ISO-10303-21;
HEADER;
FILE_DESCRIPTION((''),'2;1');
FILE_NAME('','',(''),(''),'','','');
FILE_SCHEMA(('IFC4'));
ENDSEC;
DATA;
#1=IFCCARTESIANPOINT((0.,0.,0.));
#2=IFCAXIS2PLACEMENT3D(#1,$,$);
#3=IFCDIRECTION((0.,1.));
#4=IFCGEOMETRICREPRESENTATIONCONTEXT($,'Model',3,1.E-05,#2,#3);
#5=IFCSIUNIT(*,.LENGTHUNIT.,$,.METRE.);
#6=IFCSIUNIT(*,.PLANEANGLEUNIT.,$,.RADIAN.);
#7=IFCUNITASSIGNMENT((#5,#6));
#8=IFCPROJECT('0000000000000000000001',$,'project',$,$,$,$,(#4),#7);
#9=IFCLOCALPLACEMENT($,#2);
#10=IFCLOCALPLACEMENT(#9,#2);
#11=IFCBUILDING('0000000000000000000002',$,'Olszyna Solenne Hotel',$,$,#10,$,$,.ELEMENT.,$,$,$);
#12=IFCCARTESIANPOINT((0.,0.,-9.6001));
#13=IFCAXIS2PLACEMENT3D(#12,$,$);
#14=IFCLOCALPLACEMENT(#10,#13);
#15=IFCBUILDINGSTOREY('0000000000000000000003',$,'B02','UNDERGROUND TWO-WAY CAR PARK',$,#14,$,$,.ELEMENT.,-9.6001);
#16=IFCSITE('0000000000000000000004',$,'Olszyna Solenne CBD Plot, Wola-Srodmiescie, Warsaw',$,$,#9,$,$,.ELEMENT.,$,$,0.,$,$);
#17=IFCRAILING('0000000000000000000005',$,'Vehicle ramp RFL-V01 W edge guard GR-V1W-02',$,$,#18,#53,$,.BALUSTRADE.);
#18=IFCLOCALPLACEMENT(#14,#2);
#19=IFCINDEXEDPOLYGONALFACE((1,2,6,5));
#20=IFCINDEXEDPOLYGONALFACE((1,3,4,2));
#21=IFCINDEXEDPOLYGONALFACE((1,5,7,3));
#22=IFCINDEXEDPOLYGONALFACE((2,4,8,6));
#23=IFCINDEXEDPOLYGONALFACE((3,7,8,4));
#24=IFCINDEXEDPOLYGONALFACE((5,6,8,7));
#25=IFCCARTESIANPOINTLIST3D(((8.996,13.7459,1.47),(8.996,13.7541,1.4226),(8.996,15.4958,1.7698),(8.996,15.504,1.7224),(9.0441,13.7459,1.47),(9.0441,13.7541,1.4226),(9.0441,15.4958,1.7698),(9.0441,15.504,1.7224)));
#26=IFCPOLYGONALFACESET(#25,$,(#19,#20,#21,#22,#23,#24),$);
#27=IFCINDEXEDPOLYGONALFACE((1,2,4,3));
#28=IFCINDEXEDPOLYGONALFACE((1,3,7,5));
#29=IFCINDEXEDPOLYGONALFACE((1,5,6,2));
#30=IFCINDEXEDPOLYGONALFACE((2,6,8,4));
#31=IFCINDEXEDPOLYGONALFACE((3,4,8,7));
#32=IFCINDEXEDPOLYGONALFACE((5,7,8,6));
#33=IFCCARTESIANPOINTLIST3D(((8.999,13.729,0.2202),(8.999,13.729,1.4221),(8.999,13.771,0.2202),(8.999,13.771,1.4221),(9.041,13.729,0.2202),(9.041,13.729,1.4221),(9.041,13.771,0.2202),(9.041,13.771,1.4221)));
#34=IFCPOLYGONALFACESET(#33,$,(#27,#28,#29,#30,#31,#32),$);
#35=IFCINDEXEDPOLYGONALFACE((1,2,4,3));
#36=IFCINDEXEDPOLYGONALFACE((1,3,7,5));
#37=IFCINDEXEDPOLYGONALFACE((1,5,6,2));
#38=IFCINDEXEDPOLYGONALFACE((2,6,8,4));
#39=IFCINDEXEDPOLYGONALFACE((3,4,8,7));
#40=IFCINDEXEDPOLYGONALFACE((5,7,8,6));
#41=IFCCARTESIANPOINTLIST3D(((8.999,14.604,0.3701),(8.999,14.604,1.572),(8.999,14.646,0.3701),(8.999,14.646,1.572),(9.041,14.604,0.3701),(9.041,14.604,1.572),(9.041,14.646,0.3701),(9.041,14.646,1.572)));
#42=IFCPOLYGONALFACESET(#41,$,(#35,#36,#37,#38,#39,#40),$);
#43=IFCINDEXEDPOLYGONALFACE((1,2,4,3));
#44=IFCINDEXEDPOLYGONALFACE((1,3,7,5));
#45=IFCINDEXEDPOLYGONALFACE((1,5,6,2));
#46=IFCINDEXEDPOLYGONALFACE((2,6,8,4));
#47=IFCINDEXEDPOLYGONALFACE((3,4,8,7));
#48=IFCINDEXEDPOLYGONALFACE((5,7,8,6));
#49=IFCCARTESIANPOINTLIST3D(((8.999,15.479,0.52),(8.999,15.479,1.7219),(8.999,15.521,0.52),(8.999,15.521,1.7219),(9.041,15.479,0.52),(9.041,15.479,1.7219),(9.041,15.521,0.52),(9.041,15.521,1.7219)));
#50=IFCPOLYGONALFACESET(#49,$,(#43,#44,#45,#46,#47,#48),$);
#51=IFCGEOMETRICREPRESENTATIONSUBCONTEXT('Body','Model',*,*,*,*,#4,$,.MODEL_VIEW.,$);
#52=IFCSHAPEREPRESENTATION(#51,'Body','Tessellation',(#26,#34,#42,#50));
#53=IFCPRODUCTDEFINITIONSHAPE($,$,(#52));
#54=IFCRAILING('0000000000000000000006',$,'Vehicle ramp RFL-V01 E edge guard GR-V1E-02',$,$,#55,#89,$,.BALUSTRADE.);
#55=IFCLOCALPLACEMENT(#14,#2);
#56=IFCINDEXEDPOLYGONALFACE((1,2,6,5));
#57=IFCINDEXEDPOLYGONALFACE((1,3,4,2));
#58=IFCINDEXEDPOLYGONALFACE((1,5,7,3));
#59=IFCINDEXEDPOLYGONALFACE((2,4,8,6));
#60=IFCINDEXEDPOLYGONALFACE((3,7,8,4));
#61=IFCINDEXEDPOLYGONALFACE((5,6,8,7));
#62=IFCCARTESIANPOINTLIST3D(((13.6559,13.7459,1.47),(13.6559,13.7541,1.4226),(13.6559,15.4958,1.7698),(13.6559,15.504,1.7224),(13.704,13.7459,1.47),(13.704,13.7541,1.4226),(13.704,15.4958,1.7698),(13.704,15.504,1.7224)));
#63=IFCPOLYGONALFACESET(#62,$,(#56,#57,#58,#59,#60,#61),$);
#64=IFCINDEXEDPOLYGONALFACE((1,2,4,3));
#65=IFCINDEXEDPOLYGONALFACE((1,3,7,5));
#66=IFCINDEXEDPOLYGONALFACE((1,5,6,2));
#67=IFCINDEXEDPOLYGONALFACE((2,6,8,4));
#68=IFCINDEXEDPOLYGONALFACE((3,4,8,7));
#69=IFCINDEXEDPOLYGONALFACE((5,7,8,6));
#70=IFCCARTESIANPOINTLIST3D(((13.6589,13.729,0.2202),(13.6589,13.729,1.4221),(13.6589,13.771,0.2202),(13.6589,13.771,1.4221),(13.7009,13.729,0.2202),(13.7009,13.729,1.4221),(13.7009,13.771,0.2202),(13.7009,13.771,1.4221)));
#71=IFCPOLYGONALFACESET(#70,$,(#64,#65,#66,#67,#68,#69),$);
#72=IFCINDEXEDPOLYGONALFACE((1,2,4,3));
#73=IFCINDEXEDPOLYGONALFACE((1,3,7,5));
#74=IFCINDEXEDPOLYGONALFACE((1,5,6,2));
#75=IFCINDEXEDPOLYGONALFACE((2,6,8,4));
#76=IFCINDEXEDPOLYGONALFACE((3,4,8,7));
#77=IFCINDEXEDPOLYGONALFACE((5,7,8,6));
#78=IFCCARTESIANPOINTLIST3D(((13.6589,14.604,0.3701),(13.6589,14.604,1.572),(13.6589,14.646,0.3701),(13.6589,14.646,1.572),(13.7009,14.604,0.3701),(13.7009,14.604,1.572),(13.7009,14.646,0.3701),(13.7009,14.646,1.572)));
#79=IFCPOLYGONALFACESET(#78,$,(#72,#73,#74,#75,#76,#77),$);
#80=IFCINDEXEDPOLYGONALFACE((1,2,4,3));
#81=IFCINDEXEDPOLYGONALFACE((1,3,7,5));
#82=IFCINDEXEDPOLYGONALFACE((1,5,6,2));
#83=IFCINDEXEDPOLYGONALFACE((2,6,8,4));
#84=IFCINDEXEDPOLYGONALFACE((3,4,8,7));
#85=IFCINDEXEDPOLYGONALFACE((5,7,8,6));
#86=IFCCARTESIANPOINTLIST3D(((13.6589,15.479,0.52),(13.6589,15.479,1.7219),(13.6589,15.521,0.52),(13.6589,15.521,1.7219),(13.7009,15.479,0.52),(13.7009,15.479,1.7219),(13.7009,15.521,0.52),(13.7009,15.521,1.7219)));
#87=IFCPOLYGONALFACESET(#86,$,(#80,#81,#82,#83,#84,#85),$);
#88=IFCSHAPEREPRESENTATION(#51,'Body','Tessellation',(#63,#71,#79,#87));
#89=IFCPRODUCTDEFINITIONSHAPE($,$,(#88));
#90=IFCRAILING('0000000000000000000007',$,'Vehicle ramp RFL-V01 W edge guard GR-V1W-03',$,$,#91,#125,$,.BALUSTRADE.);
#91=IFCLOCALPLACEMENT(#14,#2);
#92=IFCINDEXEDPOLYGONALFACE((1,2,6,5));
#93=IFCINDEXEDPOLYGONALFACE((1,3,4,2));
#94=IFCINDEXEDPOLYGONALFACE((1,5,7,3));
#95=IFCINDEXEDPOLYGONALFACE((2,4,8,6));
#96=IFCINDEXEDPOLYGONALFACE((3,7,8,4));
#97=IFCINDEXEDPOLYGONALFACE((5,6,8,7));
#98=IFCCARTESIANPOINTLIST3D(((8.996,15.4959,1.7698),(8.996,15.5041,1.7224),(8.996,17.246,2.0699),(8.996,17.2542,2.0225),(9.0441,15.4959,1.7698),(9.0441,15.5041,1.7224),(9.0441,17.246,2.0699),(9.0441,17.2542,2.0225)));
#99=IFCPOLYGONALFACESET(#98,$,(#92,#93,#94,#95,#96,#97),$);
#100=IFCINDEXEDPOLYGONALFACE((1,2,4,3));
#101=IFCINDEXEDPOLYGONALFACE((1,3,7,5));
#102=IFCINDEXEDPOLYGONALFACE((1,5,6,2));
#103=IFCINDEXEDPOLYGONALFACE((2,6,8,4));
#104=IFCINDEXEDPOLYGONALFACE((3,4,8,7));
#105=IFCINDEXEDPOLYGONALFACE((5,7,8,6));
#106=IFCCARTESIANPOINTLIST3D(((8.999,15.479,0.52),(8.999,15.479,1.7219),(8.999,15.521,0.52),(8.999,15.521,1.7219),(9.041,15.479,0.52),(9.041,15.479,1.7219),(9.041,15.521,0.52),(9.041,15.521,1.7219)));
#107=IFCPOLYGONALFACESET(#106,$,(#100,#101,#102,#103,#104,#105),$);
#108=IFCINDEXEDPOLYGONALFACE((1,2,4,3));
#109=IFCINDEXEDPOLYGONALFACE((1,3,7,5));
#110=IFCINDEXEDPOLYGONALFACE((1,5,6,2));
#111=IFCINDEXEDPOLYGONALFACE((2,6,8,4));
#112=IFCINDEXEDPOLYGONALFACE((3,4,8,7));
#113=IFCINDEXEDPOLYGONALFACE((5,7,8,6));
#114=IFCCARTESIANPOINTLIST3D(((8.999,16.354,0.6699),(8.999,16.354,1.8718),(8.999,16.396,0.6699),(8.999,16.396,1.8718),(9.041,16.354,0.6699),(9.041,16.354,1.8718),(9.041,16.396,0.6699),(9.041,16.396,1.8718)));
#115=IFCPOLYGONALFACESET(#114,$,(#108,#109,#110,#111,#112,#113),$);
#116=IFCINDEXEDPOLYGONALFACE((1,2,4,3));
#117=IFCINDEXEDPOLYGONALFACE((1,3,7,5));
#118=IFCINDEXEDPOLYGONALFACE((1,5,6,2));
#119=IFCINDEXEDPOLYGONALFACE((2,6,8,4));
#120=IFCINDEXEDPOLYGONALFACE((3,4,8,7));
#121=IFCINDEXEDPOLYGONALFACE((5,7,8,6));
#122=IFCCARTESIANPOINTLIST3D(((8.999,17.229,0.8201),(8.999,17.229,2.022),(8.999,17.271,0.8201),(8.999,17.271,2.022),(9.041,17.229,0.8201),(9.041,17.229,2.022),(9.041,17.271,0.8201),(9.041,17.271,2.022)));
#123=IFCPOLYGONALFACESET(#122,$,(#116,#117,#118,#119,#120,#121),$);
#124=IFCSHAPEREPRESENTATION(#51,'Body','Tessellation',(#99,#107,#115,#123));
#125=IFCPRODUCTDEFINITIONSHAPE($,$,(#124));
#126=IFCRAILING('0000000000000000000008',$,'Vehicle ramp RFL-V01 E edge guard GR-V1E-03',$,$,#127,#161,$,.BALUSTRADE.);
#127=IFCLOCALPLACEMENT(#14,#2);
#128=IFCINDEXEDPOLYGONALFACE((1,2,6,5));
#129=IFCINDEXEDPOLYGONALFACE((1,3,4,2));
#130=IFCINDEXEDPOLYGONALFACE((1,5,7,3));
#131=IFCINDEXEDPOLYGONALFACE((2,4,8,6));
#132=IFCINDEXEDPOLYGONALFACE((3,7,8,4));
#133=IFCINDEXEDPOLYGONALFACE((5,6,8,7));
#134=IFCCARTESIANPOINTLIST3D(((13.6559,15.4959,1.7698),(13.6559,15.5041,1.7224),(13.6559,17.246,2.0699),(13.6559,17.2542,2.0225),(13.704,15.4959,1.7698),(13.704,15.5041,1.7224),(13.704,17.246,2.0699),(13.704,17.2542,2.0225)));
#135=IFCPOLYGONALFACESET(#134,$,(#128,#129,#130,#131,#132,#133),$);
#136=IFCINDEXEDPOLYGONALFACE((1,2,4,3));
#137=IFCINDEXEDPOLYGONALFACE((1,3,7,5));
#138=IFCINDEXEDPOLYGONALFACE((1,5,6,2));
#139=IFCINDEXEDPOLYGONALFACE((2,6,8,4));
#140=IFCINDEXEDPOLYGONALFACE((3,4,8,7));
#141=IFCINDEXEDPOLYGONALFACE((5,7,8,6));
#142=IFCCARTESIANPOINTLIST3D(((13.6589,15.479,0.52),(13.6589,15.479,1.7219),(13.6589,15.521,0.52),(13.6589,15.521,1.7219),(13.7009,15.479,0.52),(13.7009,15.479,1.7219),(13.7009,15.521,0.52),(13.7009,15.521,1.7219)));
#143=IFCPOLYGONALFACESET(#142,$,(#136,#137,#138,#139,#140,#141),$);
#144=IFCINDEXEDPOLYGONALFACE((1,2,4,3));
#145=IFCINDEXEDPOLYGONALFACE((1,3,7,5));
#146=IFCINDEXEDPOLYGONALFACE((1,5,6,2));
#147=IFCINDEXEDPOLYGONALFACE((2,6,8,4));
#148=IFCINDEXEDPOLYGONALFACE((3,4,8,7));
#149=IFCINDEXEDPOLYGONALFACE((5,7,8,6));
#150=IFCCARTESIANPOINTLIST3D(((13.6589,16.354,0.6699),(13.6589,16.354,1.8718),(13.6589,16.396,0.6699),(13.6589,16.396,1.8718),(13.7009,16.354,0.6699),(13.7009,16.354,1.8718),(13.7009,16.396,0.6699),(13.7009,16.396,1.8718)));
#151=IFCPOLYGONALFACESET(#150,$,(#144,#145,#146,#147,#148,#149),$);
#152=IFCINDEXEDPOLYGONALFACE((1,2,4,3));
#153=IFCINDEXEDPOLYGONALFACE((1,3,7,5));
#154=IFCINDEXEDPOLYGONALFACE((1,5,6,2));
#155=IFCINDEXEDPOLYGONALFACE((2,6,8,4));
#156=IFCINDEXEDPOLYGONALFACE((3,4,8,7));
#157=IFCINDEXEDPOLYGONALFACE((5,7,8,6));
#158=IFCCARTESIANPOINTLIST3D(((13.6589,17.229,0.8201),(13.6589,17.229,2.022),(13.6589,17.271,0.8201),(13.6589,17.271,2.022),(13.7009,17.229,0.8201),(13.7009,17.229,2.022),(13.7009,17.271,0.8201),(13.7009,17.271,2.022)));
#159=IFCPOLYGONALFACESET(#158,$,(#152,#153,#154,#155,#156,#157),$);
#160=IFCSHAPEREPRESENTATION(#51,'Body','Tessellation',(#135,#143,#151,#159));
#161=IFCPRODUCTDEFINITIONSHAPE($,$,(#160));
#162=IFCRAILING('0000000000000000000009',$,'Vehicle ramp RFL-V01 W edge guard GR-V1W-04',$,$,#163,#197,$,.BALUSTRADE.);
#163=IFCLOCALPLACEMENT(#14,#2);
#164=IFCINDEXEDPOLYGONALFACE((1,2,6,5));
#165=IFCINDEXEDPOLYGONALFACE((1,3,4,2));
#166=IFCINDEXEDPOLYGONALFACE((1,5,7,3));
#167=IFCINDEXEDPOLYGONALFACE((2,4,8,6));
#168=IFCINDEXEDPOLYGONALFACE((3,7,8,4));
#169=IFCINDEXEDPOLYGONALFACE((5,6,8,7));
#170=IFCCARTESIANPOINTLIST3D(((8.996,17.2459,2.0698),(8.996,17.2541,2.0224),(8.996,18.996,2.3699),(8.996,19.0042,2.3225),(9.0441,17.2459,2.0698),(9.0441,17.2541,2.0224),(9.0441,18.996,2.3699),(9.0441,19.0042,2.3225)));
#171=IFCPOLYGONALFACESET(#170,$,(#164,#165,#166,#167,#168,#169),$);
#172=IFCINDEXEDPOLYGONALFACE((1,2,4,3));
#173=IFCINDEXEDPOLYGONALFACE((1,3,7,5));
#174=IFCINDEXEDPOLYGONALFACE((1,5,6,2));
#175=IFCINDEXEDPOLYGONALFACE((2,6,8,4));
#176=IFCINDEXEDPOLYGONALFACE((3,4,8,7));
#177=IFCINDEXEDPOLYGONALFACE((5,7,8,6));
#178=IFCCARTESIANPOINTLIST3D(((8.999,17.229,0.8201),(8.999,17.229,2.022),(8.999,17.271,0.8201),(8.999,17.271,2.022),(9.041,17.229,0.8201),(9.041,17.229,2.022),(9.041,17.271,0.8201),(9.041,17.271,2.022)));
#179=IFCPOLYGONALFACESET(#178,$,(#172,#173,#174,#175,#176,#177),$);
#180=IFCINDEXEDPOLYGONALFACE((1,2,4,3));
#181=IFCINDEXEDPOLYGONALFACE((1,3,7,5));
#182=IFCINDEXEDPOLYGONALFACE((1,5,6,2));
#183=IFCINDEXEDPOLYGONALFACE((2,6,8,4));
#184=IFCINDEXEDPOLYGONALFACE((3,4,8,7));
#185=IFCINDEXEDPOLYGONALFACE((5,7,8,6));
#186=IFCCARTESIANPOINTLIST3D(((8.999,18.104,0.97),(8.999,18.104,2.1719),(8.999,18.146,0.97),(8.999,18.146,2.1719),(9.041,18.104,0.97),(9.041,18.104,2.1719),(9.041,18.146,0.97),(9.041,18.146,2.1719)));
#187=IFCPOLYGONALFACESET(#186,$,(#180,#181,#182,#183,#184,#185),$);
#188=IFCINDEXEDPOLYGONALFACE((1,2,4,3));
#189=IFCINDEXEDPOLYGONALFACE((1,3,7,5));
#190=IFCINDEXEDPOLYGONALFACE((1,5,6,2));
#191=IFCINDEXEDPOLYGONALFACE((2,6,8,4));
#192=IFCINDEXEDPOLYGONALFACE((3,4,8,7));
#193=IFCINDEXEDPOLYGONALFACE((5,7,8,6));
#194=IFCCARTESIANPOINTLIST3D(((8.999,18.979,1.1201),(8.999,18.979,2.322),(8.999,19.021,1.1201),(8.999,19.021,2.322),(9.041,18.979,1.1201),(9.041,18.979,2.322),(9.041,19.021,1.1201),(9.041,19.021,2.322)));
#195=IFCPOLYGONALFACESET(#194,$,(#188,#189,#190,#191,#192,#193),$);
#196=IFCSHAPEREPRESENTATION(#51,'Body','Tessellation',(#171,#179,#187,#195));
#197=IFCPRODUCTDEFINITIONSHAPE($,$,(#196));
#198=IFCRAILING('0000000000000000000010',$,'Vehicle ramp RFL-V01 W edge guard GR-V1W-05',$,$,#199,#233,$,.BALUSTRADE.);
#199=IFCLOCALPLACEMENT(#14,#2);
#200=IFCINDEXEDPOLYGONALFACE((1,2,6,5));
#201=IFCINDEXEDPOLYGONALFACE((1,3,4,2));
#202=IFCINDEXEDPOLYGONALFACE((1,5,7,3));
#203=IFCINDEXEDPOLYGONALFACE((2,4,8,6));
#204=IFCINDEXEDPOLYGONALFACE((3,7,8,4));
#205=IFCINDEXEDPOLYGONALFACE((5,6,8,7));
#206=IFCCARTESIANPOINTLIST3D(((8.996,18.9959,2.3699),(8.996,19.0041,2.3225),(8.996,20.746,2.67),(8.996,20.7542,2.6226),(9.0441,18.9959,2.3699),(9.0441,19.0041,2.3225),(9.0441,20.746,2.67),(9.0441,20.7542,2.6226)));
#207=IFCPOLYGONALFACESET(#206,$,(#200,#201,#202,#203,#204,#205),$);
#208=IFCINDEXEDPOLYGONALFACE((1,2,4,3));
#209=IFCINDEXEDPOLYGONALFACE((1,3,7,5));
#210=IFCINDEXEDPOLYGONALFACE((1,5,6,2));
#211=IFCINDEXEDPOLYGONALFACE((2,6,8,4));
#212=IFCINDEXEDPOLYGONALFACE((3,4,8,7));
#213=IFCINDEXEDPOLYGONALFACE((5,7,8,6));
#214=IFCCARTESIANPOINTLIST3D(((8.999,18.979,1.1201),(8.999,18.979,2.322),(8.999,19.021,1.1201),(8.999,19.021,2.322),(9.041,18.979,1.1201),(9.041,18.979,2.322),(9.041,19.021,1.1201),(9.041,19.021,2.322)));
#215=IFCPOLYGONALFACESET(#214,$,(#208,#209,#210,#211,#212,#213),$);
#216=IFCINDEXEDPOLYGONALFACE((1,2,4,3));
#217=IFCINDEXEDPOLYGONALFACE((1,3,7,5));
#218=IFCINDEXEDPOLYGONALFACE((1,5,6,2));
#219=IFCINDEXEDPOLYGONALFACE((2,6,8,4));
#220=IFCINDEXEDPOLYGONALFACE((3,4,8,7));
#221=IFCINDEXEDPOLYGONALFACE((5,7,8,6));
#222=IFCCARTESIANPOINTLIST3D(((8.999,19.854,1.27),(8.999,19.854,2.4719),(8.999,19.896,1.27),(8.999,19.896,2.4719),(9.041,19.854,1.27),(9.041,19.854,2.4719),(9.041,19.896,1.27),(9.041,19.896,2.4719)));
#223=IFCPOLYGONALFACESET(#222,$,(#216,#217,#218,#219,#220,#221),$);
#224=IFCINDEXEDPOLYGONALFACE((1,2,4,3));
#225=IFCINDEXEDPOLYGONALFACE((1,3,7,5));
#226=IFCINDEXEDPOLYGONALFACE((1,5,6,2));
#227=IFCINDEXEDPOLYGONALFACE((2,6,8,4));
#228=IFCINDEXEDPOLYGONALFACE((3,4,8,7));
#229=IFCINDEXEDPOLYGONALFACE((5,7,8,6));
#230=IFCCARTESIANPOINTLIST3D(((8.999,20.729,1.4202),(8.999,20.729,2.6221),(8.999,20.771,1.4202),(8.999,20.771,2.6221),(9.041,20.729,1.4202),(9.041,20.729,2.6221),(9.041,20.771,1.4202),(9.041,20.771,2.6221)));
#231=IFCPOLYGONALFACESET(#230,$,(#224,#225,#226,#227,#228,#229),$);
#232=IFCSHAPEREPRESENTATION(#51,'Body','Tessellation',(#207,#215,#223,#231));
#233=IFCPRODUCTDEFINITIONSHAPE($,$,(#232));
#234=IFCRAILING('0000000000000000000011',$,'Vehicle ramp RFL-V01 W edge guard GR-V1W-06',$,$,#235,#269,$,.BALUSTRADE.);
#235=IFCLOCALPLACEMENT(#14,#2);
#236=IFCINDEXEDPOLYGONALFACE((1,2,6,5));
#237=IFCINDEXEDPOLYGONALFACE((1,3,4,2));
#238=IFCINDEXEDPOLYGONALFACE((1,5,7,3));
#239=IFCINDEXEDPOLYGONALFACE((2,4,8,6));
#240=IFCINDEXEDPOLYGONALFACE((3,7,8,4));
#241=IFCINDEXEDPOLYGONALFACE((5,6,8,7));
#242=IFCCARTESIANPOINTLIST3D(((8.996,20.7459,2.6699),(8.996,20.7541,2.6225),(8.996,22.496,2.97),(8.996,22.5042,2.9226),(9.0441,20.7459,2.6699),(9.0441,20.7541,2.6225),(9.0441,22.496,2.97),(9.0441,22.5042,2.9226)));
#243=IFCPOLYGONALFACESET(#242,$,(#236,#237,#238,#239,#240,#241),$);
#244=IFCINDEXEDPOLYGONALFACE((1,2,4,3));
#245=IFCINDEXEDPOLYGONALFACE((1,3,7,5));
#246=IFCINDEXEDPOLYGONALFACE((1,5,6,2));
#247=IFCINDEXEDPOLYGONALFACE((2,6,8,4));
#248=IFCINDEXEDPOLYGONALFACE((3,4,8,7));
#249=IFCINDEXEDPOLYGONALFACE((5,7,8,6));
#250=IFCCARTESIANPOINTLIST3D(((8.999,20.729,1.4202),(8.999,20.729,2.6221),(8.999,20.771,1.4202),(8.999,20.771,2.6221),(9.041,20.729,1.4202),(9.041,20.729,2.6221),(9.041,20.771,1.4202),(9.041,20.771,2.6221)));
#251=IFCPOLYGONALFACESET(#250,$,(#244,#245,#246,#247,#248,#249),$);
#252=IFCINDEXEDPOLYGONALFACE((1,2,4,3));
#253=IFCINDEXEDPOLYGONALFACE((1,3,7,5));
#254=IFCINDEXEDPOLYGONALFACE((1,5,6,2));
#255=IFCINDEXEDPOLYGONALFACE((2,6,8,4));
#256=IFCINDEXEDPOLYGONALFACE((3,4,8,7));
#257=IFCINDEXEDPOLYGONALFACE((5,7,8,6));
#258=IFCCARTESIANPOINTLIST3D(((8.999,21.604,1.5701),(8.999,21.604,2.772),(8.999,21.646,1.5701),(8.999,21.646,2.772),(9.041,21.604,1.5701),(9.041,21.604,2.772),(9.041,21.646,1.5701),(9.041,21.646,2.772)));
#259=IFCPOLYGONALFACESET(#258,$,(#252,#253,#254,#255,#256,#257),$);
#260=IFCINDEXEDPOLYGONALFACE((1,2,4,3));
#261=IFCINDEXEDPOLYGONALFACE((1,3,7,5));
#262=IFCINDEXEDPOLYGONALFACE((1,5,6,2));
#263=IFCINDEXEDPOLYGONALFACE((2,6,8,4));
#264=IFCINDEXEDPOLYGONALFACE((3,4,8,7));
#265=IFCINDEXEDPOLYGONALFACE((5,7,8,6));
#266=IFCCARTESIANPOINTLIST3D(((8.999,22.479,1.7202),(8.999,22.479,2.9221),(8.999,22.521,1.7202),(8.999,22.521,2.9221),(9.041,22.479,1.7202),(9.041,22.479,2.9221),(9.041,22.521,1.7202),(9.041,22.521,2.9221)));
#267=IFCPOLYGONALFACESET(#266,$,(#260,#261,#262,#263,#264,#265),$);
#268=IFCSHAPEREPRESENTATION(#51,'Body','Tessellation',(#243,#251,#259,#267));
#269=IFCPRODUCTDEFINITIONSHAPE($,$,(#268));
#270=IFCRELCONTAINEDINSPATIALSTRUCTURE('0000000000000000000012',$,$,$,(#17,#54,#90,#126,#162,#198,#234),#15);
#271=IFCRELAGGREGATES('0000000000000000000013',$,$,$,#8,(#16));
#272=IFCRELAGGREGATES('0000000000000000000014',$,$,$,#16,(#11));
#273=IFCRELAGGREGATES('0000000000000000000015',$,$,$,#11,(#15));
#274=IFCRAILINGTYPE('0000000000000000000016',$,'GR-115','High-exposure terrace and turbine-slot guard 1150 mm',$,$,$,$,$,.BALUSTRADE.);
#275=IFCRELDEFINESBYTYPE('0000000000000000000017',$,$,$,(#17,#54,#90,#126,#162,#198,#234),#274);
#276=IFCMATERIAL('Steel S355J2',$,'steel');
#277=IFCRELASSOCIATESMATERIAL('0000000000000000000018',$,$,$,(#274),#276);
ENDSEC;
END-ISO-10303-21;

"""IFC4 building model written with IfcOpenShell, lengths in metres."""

from ifc_helpers import new_model, si_unit, direction, frame, origin, origin_2d, place, context, subcontext, project, spatial, rectangle, extrude, material, type_object, element, save


model = new_model("IFC4")

# Units and contexts
model_context = context("Model", 3, precision=1e-05, world=origin(), true_north=direction((0.0, 1.0)))
body_context = subcontext(model_context, "Body", "Model", "MODEL_VIEW")
ifc_project = project(units=[si_unit("LENGTHUNIT", "METRE"), si_unit("PLANEANGLEUNIT", "RADIAN")], contexts=[model_context])

# Site, building, storey
site_placement = place(None, origin())
site = spatial("IfcSite", under=ifc_project, at=site_placement, Name="Olszyna Solenne CBD Plot, Wola-Srodmiescie, Warsaw", CompositionType="ELEMENT", RefElevation=0.0)
building_placement = place(site_placement, origin())
building = spatial("IfcBuilding", under=site, at=building_placement, Name="Olszyna Solenne Hotel", CompositionType="ELEMENT")
storey_placement = place(building_placement, frame((0.0, 0.0, -9.6001)))
storey = spatial("IfcBuildingStorey", under=building, at=storey_placement, Name="B02", Description="UNDERGROUND TWO-WAY CAR PARK", CompositionType="ELEMENT", Elevation=-9.6001)

# Shared definitions
ifc_material_1 = material(Name="Steel S355J2", Category="steel")

# Railings
railing_type = type_object("IfcRailingType", Name="GR-115", Description="High-exposure terrace and turbine-slot guard 1150 mm", PredefinedType="BALUSTRADE", material=ifc_material_1)
for number, where, name in (
    (1, (9.02, 13.75, 0.2202), "Vehicle ramp RFL-V01 W edge guard GR-V1W-02"),
    (2, (13.6799, 13.75, 0.2202), "Vehicle ramp RFL-V01 E edge guard GR-V1E-02"),
):
    element("IfcRailing", number, at=place(storey_placement, frame(where)), inside=storey, type_object=railing_type, Name=name, PredefinedType="BALUSTRADE", context=body_context, shape_type="SweptSolid", body=[
        extrude(rectangle(XDim=0.0481, YDim=0.0481, at=origin_2d()), frame((0.0, 0.0, 1.2261), z_axis=(0.0, 0.985641, 0.168857), x_axis=(-1.0, 0.0, 0.0)), (0.0, 0.0, 1.0), 1.7754),
        extrude(rectangle(XDim=0.042, YDim=0.042, at=origin_2d()), origin(), (0.0, 0.0, 1.0), 1.2019),
        extrude(rectangle(XDim=0.042, YDim=0.042, at=origin_2d()), frame((0.0, 0.875, 0.1499)), (0.0, 0.0, 1.0), 1.2019),
        extrude(rectangle(XDim=0.042, YDim=0.042, at=origin_2d()), frame((0.0, 1.75, 0.2998)), (0.0, 0.0, 1.0), 1.2019),
    ])
for number, where, name in (
    (3, (9.02, 15.5, 0.52), "Vehicle ramp RFL-V01 W edge guard GR-V1W-03"),
    (4, (13.6799, 15.5, 0.52), "Vehicle ramp RFL-V01 E edge guard GR-V1E-03"),
    (5, (9.02, 17.25, 0.8201), "Vehicle ramp RFL-V01 W edge guard GR-V1W-04"),
    (6, (9.02, 19.0, 1.1201), "Vehicle ramp RFL-V01 W edge guard GR-V1W-05"),
    (7, (9.02, 20.75, 1.4202), "Vehicle ramp RFL-V01 W edge guard GR-V1W-06"),
):
    element("IfcRailing", number, at=place(storey_placement, frame(where)), inside=storey, type_object=railing_type, Name=name, PredefinedType="BALUSTRADE", context=body_context, shape_type="SweptSolid", body=[
        extrude(rectangle(XDim=0.0481, YDim=0.0481, at=origin_2d()), frame((0.0, 0.0, 1.2261), z_axis=(0.0, 0.985618, 0.168991), x_axis=(-1.0, 0.0, 0.0)), (0.0, 0.0, 1.0), 1.7756),
        extrude(rectangle(XDim=0.042, YDim=0.042, at=origin_2d()), origin(), (0.0, 0.0, 1.0), 1.2019),
        extrude(rectangle(XDim=0.042, YDim=0.042, at=origin_2d()), frame((0.0, 0.875, 0.1499)), (0.0, 0.0, 1.0), 1.2019),
        extrude(rectangle(XDim=0.042, YDim=0.042, at=origin_2d()), frame((0.0, 1.75, 0.3)), (0.0, 0.0, 1.0), 1.2019),
    ])

save(model, "model.ifc")
